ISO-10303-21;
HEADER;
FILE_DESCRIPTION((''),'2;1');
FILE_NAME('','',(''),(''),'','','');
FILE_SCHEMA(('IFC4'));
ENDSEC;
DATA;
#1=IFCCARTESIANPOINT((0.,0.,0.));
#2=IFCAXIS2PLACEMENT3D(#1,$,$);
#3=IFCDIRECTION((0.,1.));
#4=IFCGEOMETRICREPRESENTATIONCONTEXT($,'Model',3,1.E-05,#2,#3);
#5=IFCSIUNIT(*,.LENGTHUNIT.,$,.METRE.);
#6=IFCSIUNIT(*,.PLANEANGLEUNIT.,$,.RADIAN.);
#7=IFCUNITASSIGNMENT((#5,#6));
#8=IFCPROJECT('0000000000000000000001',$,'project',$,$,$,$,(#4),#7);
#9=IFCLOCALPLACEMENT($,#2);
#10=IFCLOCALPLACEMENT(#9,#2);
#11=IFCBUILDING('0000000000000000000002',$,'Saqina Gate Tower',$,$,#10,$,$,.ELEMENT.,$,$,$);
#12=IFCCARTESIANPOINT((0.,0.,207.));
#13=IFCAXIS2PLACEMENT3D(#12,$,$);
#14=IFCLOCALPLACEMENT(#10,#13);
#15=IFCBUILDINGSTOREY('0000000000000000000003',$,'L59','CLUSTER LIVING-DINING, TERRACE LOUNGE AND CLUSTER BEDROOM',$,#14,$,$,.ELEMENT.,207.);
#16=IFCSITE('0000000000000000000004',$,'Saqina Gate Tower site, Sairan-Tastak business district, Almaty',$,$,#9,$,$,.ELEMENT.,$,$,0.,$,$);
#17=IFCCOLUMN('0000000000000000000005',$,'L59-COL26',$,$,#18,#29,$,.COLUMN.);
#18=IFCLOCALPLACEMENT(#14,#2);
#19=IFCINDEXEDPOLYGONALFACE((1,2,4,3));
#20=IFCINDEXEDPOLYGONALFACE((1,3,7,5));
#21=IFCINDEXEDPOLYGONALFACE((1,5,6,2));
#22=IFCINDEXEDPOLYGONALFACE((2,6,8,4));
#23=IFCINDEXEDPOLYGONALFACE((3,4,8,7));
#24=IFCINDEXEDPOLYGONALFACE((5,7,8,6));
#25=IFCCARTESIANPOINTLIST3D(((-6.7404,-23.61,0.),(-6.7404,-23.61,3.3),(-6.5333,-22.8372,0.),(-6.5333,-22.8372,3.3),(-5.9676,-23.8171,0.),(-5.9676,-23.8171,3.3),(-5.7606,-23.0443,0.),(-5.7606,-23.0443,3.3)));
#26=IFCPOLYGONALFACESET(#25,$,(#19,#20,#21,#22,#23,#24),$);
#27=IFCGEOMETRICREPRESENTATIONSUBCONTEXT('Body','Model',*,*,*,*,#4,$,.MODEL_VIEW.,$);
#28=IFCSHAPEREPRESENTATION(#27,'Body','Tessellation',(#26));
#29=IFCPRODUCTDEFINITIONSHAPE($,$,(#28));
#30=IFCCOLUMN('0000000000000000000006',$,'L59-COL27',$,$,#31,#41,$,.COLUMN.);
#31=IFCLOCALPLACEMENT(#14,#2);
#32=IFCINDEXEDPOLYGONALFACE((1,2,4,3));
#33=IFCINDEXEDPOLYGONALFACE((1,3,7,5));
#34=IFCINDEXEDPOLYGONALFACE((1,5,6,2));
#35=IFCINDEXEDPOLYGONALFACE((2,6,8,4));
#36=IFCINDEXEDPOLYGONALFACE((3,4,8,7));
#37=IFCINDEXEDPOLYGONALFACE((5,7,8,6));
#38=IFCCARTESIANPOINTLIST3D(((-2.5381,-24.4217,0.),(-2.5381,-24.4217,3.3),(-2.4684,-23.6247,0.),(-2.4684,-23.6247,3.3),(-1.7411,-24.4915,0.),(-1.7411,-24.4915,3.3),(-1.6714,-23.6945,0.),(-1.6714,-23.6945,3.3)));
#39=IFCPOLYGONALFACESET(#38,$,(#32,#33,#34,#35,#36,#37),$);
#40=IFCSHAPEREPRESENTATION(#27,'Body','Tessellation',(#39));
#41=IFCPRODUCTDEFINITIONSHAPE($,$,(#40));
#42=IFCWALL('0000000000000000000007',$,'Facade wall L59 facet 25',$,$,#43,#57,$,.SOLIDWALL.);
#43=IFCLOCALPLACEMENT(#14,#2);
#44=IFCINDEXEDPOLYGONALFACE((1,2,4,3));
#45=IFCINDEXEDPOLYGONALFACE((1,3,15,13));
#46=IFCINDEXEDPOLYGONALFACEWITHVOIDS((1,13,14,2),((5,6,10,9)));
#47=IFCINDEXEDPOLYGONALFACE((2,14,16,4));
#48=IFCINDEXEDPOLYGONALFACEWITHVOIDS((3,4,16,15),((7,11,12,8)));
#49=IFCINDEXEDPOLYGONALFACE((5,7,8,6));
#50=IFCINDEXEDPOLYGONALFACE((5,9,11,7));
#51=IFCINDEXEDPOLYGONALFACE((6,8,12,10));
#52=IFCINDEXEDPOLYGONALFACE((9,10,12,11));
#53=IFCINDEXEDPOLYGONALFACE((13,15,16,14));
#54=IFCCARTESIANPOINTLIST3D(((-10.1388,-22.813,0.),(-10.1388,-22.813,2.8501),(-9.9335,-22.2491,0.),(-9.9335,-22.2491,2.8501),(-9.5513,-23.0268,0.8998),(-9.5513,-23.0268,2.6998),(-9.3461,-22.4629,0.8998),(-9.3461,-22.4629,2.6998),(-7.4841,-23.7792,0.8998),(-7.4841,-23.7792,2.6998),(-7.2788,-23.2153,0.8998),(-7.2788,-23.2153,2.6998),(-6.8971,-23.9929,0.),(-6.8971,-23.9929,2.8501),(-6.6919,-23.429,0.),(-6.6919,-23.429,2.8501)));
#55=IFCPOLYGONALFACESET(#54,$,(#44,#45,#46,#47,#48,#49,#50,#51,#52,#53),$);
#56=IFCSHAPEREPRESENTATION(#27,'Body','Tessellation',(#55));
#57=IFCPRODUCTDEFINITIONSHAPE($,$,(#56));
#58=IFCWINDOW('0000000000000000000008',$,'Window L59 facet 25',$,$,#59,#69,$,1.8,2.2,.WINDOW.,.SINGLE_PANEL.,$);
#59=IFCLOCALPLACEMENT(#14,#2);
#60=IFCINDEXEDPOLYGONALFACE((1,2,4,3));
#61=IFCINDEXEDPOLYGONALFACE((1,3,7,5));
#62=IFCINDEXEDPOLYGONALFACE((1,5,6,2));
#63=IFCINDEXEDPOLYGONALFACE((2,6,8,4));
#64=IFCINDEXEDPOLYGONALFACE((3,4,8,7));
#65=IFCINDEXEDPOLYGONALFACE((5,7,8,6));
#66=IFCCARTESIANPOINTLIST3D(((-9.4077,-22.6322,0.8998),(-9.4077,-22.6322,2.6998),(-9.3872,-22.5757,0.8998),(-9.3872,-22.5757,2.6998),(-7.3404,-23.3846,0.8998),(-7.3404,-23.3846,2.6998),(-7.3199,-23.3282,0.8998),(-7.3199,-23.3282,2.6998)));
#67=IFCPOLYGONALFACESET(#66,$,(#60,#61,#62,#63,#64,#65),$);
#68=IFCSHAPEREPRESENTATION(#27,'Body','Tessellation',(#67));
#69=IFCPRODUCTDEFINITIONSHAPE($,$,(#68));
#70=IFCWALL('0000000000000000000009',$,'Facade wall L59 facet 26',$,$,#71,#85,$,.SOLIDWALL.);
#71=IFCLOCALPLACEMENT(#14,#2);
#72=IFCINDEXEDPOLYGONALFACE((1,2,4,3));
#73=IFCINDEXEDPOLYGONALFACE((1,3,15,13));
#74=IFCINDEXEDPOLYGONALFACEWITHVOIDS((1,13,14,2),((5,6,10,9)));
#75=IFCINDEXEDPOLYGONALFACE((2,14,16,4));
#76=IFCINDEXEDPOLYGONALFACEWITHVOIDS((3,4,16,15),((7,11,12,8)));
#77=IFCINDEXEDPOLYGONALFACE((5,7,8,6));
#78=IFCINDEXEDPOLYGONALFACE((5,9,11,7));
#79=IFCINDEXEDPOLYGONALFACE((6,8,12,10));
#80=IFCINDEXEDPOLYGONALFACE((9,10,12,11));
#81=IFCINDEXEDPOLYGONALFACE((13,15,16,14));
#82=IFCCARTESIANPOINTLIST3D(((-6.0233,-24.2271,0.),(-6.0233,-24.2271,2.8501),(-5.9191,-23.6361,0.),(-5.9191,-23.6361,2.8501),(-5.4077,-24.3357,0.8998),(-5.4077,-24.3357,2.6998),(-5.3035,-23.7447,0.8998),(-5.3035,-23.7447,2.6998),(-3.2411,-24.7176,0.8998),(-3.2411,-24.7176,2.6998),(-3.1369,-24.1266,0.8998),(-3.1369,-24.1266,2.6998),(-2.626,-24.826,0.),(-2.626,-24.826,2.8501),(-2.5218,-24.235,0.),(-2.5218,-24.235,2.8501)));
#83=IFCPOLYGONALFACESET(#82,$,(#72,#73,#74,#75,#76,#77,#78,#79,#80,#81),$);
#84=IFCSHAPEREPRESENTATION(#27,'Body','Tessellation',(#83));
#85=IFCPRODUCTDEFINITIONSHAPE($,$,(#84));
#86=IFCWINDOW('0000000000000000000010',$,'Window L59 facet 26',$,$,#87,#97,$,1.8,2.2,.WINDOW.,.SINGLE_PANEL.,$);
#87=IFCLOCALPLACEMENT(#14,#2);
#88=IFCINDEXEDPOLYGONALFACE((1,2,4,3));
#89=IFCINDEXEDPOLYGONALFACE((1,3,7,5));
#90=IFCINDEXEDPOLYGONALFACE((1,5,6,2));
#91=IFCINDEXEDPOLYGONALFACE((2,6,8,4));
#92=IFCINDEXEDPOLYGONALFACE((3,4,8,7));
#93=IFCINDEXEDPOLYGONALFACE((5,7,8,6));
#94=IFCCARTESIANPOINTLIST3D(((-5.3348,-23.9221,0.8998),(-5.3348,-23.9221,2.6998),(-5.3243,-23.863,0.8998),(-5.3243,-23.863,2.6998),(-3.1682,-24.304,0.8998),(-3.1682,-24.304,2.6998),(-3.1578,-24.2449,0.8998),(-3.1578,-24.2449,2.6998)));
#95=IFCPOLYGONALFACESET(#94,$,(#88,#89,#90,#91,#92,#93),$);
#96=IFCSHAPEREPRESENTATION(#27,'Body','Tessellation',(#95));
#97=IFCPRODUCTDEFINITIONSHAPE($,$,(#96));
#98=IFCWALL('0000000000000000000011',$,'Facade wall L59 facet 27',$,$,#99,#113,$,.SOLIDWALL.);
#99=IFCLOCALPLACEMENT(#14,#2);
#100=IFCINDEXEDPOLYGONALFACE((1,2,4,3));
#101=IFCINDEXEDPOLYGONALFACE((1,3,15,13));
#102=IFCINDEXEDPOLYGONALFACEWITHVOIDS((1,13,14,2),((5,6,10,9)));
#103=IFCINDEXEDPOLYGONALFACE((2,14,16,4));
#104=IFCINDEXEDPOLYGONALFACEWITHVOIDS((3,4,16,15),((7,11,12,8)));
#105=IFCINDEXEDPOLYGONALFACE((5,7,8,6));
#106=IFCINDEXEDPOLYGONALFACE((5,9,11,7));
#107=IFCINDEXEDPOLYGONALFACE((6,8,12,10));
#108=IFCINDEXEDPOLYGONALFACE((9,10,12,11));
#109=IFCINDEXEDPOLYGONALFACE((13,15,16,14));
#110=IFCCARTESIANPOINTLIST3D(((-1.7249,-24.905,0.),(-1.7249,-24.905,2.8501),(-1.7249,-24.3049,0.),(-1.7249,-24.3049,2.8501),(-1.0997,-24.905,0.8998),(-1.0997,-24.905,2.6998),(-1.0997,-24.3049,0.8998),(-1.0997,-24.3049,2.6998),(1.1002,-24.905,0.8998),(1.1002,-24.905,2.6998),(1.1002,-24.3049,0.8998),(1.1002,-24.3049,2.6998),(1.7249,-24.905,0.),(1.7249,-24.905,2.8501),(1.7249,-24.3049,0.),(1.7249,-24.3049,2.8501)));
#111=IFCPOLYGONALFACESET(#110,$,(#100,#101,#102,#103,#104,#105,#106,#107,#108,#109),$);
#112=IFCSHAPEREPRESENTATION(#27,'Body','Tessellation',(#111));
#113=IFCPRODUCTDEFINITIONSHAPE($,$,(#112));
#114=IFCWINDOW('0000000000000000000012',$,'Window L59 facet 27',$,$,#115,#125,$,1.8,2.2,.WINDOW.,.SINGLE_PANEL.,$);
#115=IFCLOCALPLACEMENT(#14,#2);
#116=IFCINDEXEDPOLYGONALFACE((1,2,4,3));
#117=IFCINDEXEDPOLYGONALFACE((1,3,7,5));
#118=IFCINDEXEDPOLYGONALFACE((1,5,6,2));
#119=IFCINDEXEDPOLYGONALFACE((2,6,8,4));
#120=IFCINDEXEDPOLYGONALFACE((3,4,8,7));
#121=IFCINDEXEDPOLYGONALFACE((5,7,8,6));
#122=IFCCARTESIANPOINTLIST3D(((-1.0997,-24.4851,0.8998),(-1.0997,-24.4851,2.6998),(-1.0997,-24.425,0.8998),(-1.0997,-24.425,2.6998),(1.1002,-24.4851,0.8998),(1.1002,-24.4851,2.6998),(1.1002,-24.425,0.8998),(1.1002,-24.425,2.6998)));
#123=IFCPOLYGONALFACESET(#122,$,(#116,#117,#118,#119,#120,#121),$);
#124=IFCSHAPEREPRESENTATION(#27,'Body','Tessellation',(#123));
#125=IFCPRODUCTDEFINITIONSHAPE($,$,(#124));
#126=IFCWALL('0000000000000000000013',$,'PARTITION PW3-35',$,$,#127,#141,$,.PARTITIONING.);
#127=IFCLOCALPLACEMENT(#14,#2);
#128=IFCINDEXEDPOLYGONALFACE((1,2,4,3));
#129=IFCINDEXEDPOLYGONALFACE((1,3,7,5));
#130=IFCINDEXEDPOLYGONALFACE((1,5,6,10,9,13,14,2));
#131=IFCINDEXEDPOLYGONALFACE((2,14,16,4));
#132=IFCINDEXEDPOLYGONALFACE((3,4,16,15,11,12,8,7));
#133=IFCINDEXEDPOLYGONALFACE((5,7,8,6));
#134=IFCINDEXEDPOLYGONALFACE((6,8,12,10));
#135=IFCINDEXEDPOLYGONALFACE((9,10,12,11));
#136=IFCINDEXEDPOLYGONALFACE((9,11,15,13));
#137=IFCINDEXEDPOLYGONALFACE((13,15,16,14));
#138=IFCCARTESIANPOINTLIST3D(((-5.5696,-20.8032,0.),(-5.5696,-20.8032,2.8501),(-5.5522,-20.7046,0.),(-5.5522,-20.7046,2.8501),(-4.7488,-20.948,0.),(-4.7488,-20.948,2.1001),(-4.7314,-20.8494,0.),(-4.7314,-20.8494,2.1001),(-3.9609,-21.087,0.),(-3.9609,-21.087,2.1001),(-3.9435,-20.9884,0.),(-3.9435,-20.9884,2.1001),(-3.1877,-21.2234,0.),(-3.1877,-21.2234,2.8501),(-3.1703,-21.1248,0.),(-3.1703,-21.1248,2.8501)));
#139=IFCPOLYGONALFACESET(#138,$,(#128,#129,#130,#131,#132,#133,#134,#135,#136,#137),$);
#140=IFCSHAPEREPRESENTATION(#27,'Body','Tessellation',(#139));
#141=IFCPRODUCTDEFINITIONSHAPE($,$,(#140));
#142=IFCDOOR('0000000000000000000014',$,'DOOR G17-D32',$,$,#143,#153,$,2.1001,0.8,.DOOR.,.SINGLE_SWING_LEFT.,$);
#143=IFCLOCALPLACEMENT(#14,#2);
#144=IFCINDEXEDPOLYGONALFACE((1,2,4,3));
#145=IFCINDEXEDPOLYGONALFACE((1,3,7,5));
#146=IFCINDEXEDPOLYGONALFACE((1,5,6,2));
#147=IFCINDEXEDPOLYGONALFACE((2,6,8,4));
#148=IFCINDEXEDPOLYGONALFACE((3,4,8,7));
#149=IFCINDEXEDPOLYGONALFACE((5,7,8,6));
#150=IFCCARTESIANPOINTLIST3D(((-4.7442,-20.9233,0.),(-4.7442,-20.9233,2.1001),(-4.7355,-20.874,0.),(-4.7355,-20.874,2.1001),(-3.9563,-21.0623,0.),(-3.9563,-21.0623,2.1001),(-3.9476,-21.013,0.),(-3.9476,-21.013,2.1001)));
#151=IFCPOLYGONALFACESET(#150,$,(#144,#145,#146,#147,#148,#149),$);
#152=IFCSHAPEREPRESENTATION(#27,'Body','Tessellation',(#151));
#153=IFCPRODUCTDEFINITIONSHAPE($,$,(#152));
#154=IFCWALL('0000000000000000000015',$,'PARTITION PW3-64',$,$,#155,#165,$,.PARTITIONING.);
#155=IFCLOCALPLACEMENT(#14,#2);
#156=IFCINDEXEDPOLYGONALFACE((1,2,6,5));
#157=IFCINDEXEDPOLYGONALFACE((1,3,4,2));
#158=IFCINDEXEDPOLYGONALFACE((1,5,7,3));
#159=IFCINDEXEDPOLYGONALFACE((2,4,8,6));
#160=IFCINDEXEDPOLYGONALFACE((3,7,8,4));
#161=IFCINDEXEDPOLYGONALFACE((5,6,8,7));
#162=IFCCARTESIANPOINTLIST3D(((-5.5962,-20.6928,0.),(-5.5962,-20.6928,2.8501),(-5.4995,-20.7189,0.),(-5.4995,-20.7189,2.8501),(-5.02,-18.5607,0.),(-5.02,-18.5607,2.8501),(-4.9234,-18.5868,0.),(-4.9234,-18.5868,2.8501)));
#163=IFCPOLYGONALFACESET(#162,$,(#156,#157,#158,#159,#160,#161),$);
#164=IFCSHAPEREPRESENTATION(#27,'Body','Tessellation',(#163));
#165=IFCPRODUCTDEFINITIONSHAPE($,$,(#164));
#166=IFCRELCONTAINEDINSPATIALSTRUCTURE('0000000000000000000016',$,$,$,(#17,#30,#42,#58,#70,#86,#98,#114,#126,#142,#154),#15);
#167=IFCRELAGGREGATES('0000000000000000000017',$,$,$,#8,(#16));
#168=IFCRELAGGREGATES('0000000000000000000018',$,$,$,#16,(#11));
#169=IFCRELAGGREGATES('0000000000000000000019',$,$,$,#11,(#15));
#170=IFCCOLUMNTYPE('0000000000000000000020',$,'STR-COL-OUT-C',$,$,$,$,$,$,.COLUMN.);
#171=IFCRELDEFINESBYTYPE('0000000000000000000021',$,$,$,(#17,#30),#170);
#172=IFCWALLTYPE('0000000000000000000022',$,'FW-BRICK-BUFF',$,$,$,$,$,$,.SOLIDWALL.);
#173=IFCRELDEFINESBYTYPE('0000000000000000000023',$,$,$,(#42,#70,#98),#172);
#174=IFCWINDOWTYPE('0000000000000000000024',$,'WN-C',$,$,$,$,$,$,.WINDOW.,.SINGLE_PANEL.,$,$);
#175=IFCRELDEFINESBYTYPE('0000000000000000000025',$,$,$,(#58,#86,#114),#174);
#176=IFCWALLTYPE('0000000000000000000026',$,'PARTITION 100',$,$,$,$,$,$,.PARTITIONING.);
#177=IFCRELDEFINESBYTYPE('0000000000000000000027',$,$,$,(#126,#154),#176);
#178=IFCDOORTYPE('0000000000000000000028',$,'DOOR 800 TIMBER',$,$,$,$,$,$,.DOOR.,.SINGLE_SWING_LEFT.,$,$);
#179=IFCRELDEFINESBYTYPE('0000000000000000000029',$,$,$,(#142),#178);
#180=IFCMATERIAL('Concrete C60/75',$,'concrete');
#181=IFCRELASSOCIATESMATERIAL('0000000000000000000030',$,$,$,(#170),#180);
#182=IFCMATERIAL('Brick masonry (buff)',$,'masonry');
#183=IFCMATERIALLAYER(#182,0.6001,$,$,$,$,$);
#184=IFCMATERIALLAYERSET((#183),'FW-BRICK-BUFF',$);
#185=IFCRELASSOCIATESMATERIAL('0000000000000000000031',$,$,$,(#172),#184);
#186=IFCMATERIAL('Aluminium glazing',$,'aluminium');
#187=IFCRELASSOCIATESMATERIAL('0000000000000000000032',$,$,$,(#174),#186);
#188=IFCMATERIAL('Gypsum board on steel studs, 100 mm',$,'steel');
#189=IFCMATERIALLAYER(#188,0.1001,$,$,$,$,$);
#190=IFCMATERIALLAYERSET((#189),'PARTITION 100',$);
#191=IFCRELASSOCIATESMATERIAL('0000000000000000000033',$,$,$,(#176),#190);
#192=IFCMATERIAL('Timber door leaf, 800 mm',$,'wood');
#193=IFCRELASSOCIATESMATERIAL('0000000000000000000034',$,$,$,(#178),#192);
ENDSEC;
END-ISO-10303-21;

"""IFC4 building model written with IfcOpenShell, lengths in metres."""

from ifc_helpers import new_model, si_unit, direction, frame, frame_2d, origin, origin_2d, place, context, subcontext, project, spatial, rectangle, extrude, material, layer, layer_set, material_profile, profile_set, type_object, element, fill, save


model = new_model("IFC4")

# Units and contexts
model_context = context("Model", 3, precision=1e-05, world=origin(), true_north=direction((0.0, 1.0)))
body_context = subcontext(model_context, "Body", "Model", "MODEL_VIEW")
ifc_project = project(units=[si_unit("LENGTHUNIT", "METRE"), si_unit("PLANEANGLEUNIT", "RADIAN")], contexts=[model_context])

# Site, building, storey
site_placement = place(None, origin())
site = spatial("IfcSite", under=ifc_project, at=site_placement, Name="Saqina Gate Tower site, Sairan-Tastak business district, Almaty", CompositionType="ELEMENT", RefElevation=0.0)
building_placement = place(site_placement, origin())
building = spatial("IfcBuilding", under=site, at=building_placement, Name="Saqina Gate Tower", CompositionType="ELEMENT")
storey_placement = place(building_placement, frame((0.0, 0.0, 207.0)))
storey = spatial("IfcBuildingStorey", under=building, at=storey_placement, Name="L59", Description="CLUSTER LIVING-DINING, TERRACE LOUNGE AND CLUSTER BEDROOM", CompositionType="ELEMENT", Elevation=207.0)

# Columns
ifc_material_1 = material(Name="Concrete C60/75", Category="concrete")
ifc_material_profile = material_profile(ifc_material_1, rectangle(XDim=0.8, YDim=0.8, at=origin_2d()), Name="RC 800x800")
ifc_profile_set = profile_set([ifc_material_profile], Name="Concrete C60/75")
column_type = type_object("IfcColumnType", Name="STR-COL-OUT-C", PredefinedType="COLUMN", material=ifc_profile_set)
for number, where, z_axis, x_axis, name in (
    (1, (-6.2505, -23.3271, 0.0), (0.0, 0.0, 1.0), (-0.258819, -0.965926, 0.0), "L59-COL26"),
    (2, (-2.1047, -24.0581, 0.0), (0.0, 0.0, 1.0), (-0.087156, -0.996195, 0.0), "L59-COL27"),
):
    element("IfcColumn", number, at=place(storey_placement, frame(where, z_axis=z_axis, x_axis=x_axis)), inside=storey, type_object=column_type, Name=name, PredefinedType="COLUMN", context=body_context, shape_type="SweptSolid", body=[
        extrude(rectangle(XDim=0.8, YDim=0.8, at=origin_2d()), origin(), (0.0, 0.0, 1.0), 3.3),
    ])

# Walls, openings, windows
ifc_material_2 = material(Name="Brick masonry (buff)", Category="masonry")
ifc_layer_1 = layer(ifc_material_2, 0.6001)
ifc_layer_set_1 = layer_set([ifc_layer_1], Name="FW-BRICK-BUFF")
wall_type_1 = type_object("IfcWallType", Name="FW-BRICK-BUFF", PredefinedType="SOLIDWALL", material=ifc_layer_set_1)
wall_1_placement = place(storey_placement, frame((-10.0361, -22.531, 0.0), z_axis=(0.0, 0.0, 1.0), x_axis=(0.939688, -0.342033, 0.0)))
wall_1 = element("IfcWall", 3, at=wall_1_placement, inside=storey, type_object=wall_type_1, Name="Facade wall L59 facet 25", PredefinedType="SOLIDWALL", context=body_context, shape_type="SweptSolid", body=[
    extrude(rectangle(XDim=3.4497, YDim=0.6001, at=frame_2d((1.7249, 0.0))), origin(), (0.0, 0.0, 1.0), 2.8501),
])
opening_1_placement = place(wall_1_placement, frame((0.625, 0.0, 0.8999)))
opening_1 = element("IfcOpeningElement", 4, at=opening_1_placement, cuts=wall_1, PredefinedType="OPENING", context=body_context, shape_type="SweptSolid", body=[
    extrude(rectangle(XDim=2.2, YDim=1.8, at=frame_2d((1.1001, 0.8999))), frame((0.0, 0.312, 0.0), z_axis=(0.0, -1.0, 0.0), x_axis=(1.0, 0.0, 0.0)), (0.0, 0.0, 1.0), 0.624),
])
ifc_material_3 = material(Name="Aluminium glazing", Category="aluminium")
window_type = type_object("IfcWindowType", Name="WN-C", PartitioningType="SINGLE_PANEL", PredefinedType="WINDOW", material=ifc_material_3)
window_1_placement = place(opening_1_placement, origin())
window_1 = element("IfcWindow", 5, at=window_1_placement, inside=storey, type_object=window_type, Name="Window L59 facet 25", OverallHeight=1.8, OverallWidth=2.2, PartitioningType="SINGLE_PANEL", PredefinedType="WINDOW", context=body_context, shape_type="SweptSolid", body=[
    extrude(rectangle(XDim=2.2, YDim=1.8, at=frame_2d((1.1001, 0.8999))), frame((0.0, 0.1799, 0.0), z_axis=(0.0, -1.0, 0.0), x_axis=(1.0, 0.0, 0.0)), (0.0, 0.0, 1.0), 0.0601),
])
fill(opening_1, window_1)
wall_2_placement = place(storey_placement, frame((-5.9712, -23.9316, 0.0), z_axis=(0.0, 0.0, 1.0), x_axis=(0.984815, -0.173608, 0.0)))
wall_2 = element("IfcWall", 6, at=wall_2_placement, inside=storey, type_object=wall_type_1, Name="Facade wall L59 facet 26", PredefinedType="SOLIDWALL", context=body_context, shape_type="SweptSolid", body=[
    extrude(rectangle(XDim=3.4497, YDim=0.6001, at=frame_2d((1.7249, 0.0))), origin(), (0.0, 0.0, 1.0), 2.8501),
])
opening_2_placement = place(wall_2_placement, frame((0.625, 0.0, 0.8999)))
opening_2 = element("IfcOpeningElement", 7, at=opening_2_placement, cuts=wall_2, PredefinedType="OPENING", context=body_context, shape_type="SweptSolid", body=[
    extrude(rectangle(XDim=2.2, YDim=1.8, at=frame_2d((1.1001, 0.8999))), frame((0.0, 0.312, 0.0), z_axis=(0.0, -1.0, 0.0), x_axis=(1.0, 0.0, 0.0)), (0.0, 0.0, 1.0), 0.624),
])
window_2_placement = place(opening_2_placement, origin())
window_2 = element("IfcWindow", 8, at=window_2_placement, inside=storey, type_object=window_type, Name="Window L59 facet 26", OverallHeight=1.8, OverallWidth=2.2, PartitioningType="SINGLE_PANEL", PredefinedType="WINDOW", context=body_context, shape_type="SweptSolid", body=[
    extrude(rectangle(XDim=2.2, YDim=1.8, at=frame_2d((1.1001, 0.8999))), frame((0.0, 0.1799, 0.0), z_axis=(0.0, -1.0, 0.0), x_axis=(1.0, 0.0, 0.0)), (0.0, 0.0, 1.0), 0.0601),
])
fill(opening_2, window_2)
wall_3_placement = place(storey_placement, frame((-1.7249, -24.605, 0.0), z_axis=(0.0, 0.0, 1.0), x_axis=(1.0, 0.0, 0.0)))
wall_3 = element("IfcWall", 9, at=wall_3_placement, inside=storey, type_object=wall_type_1, Name="Facade wall L59 facet 27", PredefinedType="SOLIDWALL", context=body_context, shape_type="SweptSolid", body=[
    extrude(rectangle(XDim=3.4497, YDim=0.6001, at=frame_2d((1.7249, 0.0))), origin(), (0.0, 0.0, 1.0), 2.8501),
])
opening_3_placement = place(wall_3_placement, frame((0.625, 0.0, 0.8999)))
opening_3 = element("IfcOpeningElement", 10, at=opening_3_placement, cuts=wall_3, PredefinedType="OPENING", context=body_context, shape_type="SweptSolid", body=[
    extrude(rectangle(XDim=2.2, YDim=1.8, at=frame_2d((1.1001, 0.8999))), frame((0.0, 0.312, 0.0), z_axis=(0.0, -1.0, 0.0), x_axis=(1.0, 0.0, 0.0)), (0.0, 0.0, 1.0), 0.624),
])
window_3_placement = place(opening_3_placement, origin())
window_3 = element("IfcWindow", 11, at=window_3_placement, inside=storey, type_object=window_type, Name="Window L59 facet 27", OverallHeight=1.8, OverallWidth=2.2, PartitioningType="SINGLE_PANEL", PredefinedType="WINDOW", context=body_context, shape_type="SweptSolid", body=[
    extrude(rectangle(XDim=2.2, YDim=1.8, at=frame_2d((1.1001, 0.8999))), frame((0.0, 0.1799, 0.0), z_axis=(0.0, -1.0, 0.0), x_axis=(1.0, 0.0, 0.0)), (0.0, 0.0, 1.0), 0.0601),
])
fill(opening_3, window_3)

# Wall, opening, door
ifc_material_4 = material(Name="Gypsum board on steel studs, 100 mm", Category="steel")
ifc_layer_2 = layer(ifc_material_4, 0.1001)
ifc_layer_set_2 = layer_set([ifc_layer_2], Name="PARTITION 100")
wall_type_2 = type_object("IfcWallType", Name="PARTITION 100", PredefinedType="PARTITIONING", material=ifc_layer_set_2)
wall_4_placement = place(storey_placement, frame((-5.561, -20.7539, 0.0), z_axis=(0.0, 0.0, 1.0), x_axis=(0.984795, -0.173722, 0.0)))
wall_4 = element("IfcWall", 12, at=wall_4_placement, inside=storey, type_object=wall_type_2, Name="PARTITION PW3-35", PredefinedType="PARTITIONING", context=body_context, shape_type="SweptSolid", body=[
    extrude(rectangle(XDim=2.4187, YDim=0.1001, at=frame_2d((1.2095, 0.0))), origin(), (0.0, 0.0, 1.0), 2.8501),
])
opening_4_placement = place(wall_4_placement, frame((0.8337, 0.0, 0.0)))
opening_4 = element("IfcOpeningElement", 13, at=opening_4_placement, cuts=wall_4, PredefinedType="OPENING", context=body_context, shape_type="SweptSolid", body=[
    extrude(rectangle(XDim=0.8, YDim=2.1001, at=frame_2d((0.3999, 1.05))), frame((0.0, 0.062, 0.0), z_axis=(0.0, -1.0, 0.0), x_axis=(1.0, 0.0, 0.0)), (0.0, 0.0, 1.0), 0.124),
])
ifc_material_5 = material(Name="Timber door leaf, 800 mm", Category="wood")
door_type_1 = type_object("IfcDoorType", Name="DOOR 800 TIMBER", OperationType="SINGLE_SWING_LEFT", PredefinedType="DOOR", material=ifc_material_5)
door_1_placement = place(opening_4_placement, frame((0.8, 0.0, 0.0), z_axis=(0.0, 0.0, 1.0), x_axis=(-1.0, 0.0, 0.0)))
door_1 = element("IfcDoor", 14, at=door_1_placement, inside=storey, type_object=door_type_1, Name="DOOR G17-D32", OperationType="SINGLE_SWING_LEFT", OverallHeight=2.1001, OverallWidth=0.8, PredefinedType="DOOR", context=body_context, shape_type="SweptSolid", body=[
    extrude(rectangle(XDim=0.8, YDim=2.1001, at=frame_2d((0.3999, 1.05))), frame((0.0, 0.0249, 0.0), z_axis=(0.0, -1.0, 0.0), x_axis=(1.0, 0.0, 0.0)), (0.0, 0.0, 1.0), 0.05),
])
fill(opening_4, door_1)

# Wall
wall_5_placement = place(storey_placement, frame((-5.5479, -20.7058, 0.0), z_axis=(0.0, 0.0, 1.0), x_axis=(0.260881, 0.965371, 0.0)))
element("IfcWall", 15, at=wall_5_placement, inside=storey, type_object=wall_type_2, Name="PARTITION PW3-64", PredefinedType="PARTITIONING", context=body_context, shape_type="SweptSolid", body=[
    extrude(rectangle(XDim=2.2085, YDim=0.1001, at=frame_2d((1.1042, 0.0))), origin(), (0.0, 0.0, 1.0), 2.8501),
])

save(model, "model.ifc")
